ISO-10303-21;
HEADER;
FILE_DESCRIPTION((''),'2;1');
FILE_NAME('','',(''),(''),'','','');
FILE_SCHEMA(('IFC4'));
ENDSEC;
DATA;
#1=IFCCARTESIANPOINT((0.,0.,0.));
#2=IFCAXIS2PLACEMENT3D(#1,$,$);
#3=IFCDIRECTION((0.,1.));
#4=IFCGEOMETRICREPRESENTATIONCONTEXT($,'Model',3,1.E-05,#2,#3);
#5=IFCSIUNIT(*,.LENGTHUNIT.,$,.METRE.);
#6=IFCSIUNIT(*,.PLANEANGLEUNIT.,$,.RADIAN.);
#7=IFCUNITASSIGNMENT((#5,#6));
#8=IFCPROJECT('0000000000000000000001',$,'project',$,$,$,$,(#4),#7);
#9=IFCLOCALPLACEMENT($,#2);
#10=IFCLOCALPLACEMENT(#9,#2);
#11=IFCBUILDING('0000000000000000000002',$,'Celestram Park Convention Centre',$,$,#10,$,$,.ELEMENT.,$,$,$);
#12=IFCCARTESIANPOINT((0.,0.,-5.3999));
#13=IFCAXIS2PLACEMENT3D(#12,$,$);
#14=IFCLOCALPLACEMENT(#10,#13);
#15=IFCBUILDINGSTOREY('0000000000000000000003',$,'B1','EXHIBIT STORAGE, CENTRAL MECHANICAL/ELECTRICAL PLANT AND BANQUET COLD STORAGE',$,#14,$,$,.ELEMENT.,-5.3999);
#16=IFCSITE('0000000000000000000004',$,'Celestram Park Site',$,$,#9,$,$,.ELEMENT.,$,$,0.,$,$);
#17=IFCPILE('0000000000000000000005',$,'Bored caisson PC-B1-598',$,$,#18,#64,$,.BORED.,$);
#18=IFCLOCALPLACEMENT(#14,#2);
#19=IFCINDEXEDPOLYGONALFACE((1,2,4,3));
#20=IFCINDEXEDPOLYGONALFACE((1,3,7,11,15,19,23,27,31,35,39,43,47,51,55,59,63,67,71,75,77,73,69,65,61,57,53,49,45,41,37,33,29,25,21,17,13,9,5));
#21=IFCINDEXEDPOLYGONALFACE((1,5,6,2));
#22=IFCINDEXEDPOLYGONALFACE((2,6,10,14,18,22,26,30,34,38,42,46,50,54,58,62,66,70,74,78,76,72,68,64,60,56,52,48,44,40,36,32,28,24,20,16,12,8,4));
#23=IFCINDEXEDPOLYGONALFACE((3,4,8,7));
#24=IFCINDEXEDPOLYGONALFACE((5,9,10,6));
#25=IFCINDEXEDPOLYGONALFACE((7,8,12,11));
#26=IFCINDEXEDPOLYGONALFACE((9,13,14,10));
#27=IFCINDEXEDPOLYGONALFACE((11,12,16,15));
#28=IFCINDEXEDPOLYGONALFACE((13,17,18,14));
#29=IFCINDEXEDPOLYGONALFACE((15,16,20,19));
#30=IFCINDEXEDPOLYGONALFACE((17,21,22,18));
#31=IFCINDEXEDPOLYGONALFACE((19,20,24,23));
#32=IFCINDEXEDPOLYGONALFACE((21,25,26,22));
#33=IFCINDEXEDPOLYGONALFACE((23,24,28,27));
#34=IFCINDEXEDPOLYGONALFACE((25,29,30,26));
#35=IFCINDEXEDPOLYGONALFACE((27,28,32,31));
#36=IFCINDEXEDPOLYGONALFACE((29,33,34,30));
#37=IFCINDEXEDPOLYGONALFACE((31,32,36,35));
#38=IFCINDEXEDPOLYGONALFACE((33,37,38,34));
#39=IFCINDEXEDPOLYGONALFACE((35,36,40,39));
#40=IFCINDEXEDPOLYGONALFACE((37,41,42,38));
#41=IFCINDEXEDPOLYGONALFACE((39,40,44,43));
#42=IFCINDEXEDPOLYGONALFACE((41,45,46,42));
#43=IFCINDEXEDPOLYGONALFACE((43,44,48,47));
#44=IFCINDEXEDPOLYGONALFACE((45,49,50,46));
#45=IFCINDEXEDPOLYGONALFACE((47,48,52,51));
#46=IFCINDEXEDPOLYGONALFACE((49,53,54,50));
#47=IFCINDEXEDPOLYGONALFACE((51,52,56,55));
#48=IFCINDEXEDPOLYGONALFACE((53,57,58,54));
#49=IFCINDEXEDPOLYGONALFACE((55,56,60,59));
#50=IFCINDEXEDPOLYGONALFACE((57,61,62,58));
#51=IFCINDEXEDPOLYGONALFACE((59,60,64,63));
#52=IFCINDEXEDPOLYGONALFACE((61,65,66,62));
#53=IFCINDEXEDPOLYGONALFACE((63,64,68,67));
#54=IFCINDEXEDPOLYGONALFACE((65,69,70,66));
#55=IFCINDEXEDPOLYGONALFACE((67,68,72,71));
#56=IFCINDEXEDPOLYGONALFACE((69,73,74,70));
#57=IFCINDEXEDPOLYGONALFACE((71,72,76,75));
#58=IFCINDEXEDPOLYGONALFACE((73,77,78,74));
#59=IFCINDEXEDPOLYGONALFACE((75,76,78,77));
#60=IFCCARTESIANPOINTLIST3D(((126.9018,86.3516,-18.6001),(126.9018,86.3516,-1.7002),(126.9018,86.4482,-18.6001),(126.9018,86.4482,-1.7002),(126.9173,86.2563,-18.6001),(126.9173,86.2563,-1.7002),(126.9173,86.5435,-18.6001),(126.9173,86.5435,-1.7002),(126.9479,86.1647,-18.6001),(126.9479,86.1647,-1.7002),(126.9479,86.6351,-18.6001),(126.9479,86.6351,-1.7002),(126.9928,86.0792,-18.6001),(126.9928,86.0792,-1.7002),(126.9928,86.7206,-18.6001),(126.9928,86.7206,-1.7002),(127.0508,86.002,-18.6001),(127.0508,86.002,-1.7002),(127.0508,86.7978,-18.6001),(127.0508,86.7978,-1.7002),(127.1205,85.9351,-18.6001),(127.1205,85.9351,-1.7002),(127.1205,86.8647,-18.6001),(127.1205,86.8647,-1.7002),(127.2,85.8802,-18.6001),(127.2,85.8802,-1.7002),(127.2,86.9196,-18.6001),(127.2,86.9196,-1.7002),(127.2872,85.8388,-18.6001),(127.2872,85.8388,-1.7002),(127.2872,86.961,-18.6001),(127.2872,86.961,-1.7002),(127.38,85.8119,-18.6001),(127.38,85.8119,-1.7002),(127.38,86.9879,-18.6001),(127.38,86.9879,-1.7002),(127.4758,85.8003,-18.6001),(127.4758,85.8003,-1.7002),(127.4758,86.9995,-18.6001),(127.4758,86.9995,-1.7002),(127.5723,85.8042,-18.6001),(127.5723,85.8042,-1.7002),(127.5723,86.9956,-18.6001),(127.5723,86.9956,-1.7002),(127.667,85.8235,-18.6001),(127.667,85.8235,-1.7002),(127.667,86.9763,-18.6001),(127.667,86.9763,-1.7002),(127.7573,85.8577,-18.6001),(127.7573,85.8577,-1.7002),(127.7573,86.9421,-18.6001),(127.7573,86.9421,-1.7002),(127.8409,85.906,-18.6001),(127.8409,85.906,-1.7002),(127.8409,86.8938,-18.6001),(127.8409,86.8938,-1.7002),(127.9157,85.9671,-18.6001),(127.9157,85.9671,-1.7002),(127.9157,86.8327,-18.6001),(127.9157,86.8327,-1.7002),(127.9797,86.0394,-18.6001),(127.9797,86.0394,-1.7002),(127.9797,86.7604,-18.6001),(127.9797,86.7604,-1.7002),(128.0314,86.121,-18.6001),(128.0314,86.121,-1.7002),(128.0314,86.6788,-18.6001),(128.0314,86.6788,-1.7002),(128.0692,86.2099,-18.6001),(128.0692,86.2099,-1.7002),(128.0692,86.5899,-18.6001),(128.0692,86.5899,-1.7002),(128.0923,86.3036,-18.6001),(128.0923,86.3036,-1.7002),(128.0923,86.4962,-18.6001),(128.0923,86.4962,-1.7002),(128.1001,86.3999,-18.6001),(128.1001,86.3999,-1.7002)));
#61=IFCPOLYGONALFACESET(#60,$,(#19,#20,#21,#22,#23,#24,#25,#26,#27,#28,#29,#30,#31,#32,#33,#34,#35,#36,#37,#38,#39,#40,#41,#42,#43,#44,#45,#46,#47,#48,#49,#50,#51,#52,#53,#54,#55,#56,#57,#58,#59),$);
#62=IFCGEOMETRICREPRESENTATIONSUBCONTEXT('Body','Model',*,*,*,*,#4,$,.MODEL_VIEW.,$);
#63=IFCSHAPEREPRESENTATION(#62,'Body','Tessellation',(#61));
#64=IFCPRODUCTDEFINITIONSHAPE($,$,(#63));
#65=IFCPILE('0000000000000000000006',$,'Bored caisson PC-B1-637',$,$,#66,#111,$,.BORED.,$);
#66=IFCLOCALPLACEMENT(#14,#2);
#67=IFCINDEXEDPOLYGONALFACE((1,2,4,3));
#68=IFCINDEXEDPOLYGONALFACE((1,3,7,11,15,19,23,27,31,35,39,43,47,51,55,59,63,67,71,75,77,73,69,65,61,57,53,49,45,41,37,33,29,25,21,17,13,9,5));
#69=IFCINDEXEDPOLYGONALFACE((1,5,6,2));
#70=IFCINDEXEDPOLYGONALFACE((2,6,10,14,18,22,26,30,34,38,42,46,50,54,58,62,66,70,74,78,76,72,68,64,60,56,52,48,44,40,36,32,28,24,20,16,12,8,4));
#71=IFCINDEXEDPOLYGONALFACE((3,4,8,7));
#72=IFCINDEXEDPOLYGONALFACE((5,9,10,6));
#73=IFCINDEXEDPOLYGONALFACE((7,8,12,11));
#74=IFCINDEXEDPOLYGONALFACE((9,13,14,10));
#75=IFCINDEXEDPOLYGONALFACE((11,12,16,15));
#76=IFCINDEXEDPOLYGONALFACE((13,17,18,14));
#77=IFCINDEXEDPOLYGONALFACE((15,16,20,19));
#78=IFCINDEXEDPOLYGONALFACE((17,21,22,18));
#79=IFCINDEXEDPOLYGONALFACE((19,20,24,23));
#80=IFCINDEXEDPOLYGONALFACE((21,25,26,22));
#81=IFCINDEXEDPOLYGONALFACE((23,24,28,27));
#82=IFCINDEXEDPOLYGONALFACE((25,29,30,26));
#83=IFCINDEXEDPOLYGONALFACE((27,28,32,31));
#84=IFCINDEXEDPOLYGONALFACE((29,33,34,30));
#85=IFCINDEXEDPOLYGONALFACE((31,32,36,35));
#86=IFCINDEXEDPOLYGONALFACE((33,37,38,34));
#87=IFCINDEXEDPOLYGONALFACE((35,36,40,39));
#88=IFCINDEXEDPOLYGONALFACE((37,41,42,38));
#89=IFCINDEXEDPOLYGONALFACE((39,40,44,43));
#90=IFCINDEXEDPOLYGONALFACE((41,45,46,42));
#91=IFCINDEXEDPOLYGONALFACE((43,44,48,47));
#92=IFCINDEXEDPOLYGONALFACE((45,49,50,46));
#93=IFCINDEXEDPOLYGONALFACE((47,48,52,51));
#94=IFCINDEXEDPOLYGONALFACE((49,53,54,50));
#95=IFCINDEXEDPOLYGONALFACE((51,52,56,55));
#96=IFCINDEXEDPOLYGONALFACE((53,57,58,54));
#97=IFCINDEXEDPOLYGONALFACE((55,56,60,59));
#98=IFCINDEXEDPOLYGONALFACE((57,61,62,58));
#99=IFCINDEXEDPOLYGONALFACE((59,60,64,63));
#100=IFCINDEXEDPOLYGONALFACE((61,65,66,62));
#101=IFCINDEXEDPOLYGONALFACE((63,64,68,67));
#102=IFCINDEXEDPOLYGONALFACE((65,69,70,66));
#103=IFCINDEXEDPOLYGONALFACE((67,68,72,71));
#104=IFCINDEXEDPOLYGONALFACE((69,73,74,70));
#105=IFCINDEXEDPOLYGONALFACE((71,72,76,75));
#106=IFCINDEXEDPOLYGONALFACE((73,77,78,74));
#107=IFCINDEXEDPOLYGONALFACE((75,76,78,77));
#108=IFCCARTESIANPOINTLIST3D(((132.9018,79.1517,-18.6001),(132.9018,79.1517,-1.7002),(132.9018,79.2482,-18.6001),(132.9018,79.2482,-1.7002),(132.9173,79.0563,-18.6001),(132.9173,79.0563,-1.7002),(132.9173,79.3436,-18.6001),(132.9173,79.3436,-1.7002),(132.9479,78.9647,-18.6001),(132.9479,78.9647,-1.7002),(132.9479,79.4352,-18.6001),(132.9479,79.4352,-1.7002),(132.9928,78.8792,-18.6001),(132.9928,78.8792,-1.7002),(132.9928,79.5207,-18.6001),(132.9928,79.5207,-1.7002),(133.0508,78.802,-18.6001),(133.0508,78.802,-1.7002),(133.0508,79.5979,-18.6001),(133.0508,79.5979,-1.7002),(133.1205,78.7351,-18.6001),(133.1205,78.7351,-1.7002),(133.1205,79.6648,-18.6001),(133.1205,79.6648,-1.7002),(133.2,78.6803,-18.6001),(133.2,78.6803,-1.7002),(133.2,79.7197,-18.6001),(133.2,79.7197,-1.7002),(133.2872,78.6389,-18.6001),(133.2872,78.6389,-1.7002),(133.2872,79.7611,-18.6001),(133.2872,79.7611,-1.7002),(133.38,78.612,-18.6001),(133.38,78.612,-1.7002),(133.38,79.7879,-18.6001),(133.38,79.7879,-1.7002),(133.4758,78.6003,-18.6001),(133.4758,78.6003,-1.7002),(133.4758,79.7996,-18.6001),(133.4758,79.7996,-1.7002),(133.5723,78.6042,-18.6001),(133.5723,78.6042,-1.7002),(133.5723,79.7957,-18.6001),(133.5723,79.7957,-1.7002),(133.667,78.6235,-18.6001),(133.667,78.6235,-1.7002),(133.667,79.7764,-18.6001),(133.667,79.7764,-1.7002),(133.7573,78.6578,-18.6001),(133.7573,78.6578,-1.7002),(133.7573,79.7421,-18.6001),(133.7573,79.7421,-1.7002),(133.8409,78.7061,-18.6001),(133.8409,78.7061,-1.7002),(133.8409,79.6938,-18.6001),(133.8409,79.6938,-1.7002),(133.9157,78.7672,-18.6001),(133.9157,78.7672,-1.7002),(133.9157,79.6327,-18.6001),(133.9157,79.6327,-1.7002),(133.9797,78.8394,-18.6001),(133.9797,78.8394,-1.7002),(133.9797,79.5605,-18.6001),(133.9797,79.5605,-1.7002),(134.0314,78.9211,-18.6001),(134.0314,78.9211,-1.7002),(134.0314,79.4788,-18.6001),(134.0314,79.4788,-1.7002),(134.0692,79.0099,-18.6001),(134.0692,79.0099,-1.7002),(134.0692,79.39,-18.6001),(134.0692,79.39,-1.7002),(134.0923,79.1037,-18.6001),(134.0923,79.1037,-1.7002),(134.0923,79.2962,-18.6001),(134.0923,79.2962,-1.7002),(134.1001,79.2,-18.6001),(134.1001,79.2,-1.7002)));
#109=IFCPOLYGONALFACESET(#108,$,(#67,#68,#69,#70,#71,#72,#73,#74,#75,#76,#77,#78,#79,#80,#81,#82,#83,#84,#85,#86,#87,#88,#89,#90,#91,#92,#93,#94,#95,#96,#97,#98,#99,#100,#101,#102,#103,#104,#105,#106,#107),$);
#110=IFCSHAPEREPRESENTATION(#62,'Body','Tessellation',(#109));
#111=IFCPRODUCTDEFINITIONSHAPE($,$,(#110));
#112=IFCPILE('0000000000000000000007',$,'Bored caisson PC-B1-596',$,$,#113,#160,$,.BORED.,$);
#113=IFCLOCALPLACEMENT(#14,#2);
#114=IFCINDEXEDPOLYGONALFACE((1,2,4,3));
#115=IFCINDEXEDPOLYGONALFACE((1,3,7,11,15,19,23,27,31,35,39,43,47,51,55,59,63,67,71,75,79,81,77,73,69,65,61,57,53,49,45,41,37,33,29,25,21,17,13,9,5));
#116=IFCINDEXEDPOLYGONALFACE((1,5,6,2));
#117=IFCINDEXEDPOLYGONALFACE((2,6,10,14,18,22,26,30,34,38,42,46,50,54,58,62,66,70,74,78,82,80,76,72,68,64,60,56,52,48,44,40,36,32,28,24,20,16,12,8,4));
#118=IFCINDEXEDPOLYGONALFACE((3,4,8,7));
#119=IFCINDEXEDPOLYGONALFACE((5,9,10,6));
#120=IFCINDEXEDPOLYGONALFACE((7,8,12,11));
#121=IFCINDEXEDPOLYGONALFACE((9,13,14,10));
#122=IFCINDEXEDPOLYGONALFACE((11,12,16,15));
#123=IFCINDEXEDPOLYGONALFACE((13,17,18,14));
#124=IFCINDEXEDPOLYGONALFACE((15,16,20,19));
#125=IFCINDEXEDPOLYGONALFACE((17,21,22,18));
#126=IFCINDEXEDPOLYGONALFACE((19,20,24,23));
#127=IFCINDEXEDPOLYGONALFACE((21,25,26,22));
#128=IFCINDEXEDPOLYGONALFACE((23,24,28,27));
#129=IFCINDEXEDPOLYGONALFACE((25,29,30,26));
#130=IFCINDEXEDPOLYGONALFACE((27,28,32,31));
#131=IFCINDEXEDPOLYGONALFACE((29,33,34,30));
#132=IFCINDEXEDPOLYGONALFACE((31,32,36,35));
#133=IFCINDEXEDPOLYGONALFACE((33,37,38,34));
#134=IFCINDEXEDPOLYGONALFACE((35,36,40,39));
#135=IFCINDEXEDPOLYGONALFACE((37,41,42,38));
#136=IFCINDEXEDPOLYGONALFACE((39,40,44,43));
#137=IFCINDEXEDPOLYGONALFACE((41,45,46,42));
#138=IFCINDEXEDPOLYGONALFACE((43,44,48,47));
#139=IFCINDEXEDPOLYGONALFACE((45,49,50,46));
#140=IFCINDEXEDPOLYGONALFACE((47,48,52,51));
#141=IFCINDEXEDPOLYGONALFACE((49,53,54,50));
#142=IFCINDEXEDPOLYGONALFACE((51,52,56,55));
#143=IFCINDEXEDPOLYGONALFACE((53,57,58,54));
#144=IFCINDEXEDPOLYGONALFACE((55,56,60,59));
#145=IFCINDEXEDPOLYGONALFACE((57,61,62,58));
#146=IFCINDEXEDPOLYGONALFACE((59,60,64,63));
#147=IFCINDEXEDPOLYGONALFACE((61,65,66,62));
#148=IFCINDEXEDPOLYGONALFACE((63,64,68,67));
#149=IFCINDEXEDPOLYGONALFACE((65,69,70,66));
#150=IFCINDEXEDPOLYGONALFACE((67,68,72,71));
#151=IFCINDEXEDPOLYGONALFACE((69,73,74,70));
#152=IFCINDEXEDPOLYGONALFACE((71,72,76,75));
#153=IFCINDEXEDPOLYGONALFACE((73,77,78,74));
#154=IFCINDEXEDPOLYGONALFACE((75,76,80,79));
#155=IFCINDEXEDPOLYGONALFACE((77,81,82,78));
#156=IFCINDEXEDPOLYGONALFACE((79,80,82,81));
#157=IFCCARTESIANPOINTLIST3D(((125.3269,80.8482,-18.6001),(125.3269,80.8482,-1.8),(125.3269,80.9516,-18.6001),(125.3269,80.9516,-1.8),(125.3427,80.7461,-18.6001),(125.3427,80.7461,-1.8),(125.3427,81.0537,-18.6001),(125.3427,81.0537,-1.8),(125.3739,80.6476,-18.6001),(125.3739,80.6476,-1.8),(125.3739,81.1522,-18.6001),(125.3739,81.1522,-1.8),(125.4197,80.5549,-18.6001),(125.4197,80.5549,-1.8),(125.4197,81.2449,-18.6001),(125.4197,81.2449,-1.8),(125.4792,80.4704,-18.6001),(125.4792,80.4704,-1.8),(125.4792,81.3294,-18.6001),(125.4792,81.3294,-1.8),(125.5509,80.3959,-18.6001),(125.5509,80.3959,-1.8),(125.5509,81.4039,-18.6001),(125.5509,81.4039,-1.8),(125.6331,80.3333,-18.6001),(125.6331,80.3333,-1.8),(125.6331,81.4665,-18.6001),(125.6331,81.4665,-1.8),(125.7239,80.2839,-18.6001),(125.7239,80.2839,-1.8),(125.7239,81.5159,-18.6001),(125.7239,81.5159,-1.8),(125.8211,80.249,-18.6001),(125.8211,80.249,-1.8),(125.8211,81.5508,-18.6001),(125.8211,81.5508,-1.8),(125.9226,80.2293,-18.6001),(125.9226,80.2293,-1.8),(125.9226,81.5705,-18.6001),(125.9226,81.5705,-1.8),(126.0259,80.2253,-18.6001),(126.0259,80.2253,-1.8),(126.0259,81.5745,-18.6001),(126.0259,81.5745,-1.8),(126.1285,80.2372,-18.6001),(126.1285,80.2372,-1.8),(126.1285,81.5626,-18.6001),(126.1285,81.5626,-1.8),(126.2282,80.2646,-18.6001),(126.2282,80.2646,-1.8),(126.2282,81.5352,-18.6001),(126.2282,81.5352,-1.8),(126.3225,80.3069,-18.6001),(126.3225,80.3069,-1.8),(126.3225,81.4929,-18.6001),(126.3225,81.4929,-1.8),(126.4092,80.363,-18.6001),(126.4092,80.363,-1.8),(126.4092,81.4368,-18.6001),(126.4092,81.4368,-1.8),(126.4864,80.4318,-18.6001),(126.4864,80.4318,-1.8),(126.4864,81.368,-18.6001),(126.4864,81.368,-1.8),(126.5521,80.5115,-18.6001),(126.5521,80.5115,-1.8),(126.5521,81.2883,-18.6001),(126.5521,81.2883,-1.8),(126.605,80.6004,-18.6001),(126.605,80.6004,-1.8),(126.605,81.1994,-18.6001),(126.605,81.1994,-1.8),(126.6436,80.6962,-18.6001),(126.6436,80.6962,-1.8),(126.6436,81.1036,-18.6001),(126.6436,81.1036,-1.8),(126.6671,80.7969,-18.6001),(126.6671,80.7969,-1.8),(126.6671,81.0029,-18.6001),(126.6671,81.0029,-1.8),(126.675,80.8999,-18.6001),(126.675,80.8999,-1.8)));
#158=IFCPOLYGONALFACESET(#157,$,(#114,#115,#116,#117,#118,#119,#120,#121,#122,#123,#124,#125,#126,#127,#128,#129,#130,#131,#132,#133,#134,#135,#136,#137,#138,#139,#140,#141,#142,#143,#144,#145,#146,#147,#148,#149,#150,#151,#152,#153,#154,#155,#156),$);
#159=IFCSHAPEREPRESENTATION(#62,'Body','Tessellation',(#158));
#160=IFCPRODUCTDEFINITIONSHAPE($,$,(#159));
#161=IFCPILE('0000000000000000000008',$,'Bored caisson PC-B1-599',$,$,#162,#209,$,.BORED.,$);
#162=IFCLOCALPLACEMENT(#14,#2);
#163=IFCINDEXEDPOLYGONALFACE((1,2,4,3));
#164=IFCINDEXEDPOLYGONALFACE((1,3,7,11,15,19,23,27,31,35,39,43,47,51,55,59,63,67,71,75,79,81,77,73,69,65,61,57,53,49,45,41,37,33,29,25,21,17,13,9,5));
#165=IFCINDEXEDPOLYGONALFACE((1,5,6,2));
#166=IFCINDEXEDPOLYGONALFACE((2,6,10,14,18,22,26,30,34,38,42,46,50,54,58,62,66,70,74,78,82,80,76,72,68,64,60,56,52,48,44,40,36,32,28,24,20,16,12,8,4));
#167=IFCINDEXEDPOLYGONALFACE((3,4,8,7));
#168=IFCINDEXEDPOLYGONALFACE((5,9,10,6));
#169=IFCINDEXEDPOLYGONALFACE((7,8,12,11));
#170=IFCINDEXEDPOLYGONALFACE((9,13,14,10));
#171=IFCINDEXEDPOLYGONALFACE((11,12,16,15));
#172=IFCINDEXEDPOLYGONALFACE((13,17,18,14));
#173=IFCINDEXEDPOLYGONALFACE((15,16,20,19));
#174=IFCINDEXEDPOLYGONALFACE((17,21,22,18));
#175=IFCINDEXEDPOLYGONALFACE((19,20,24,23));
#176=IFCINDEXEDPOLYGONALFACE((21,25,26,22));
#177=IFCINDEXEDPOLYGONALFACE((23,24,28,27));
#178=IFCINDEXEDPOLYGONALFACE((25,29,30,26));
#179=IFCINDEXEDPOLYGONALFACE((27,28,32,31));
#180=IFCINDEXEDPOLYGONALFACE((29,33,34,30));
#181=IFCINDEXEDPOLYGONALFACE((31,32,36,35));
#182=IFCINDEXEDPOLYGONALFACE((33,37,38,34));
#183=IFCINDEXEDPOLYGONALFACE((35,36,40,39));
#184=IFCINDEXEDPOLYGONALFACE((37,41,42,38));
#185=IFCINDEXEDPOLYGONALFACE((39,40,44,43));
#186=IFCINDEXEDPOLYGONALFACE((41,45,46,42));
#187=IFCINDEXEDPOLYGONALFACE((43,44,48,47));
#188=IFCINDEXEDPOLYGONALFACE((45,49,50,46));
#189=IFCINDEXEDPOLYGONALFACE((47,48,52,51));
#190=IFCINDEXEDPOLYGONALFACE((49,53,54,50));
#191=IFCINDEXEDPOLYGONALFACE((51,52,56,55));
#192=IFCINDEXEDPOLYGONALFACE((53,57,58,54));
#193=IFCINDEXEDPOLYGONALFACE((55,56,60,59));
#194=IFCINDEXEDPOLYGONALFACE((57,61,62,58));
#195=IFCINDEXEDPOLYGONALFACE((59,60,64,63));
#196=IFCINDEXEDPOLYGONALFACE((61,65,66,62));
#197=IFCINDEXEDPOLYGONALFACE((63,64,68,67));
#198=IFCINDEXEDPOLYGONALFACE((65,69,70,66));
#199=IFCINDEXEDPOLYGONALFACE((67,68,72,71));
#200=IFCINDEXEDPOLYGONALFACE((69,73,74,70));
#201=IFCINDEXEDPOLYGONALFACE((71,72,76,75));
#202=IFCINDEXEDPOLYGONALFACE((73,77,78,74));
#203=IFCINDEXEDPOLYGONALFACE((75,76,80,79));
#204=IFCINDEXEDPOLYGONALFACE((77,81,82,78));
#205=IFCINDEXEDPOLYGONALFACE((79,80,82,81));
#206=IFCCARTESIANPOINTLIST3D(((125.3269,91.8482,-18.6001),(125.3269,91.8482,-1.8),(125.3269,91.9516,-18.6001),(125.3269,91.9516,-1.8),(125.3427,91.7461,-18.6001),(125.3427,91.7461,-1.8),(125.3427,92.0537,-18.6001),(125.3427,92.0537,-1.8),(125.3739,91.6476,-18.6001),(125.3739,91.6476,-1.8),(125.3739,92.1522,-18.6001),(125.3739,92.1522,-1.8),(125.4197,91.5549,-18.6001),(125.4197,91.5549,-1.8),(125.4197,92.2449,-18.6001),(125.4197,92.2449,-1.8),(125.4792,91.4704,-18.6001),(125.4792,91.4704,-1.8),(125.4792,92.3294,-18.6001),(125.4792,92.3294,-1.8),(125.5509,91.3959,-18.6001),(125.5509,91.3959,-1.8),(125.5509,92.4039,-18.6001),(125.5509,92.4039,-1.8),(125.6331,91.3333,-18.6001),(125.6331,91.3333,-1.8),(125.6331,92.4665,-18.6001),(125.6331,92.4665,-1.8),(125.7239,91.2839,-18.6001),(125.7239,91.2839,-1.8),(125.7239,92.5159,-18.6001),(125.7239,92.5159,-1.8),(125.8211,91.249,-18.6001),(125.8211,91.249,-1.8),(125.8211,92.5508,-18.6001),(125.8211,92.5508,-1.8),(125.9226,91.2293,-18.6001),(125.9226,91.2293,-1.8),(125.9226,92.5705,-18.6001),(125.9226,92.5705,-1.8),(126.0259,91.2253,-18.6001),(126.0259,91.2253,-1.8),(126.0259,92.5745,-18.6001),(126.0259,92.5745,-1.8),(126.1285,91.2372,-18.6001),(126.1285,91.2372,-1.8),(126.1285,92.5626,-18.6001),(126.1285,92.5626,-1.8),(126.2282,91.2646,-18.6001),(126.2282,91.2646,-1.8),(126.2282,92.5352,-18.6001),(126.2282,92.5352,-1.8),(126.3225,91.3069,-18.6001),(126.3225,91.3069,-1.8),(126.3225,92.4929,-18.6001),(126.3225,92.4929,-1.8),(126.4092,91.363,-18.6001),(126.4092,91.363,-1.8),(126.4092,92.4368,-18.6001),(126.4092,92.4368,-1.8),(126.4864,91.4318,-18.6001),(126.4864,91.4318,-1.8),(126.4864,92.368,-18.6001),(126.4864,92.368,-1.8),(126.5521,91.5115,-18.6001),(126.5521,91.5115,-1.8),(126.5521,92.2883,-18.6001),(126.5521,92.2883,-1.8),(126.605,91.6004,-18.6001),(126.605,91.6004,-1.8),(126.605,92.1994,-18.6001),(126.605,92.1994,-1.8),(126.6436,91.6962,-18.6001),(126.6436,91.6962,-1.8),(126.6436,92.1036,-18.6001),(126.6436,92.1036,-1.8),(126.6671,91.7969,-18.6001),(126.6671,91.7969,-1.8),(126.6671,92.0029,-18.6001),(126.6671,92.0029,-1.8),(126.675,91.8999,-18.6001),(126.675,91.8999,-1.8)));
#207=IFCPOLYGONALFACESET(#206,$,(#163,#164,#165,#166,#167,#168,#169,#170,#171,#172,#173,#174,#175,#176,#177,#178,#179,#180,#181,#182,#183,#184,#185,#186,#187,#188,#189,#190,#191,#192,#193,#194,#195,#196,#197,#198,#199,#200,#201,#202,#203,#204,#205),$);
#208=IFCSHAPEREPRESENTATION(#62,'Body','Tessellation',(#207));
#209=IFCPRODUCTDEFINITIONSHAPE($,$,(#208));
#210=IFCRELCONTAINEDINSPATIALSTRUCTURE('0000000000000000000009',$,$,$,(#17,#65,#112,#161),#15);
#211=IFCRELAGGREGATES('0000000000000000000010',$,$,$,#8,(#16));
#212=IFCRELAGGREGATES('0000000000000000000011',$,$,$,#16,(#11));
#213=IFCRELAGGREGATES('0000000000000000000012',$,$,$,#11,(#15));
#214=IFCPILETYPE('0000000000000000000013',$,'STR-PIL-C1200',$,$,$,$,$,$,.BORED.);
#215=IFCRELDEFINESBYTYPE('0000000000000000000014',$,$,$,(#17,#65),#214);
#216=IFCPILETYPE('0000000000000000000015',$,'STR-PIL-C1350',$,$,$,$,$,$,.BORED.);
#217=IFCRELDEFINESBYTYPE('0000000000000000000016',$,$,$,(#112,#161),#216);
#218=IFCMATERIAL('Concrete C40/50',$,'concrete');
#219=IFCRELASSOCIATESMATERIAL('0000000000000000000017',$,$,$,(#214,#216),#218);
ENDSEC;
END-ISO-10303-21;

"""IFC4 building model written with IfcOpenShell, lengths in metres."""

from ifc_helpers import new_model, si_unit, direction, frame, origin, origin_2d, place, context, subcontext, project, spatial, circle, extrude, material, material_profile, profile_set, type_object, element, save


model = new_model("IFC4")

# Units and contexts
model_context = context("Model", 3, precision=1e-05, world=origin(), true_north=direction((0.0, 1.0)))
body_context = subcontext(model_context, "Body", "Model", "MODEL_VIEW")
ifc_project = project(units=[si_unit("LENGTHUNIT", "METRE"), si_unit("PLANEANGLEUNIT", "RADIAN")], contexts=[model_context])

# Site, building, storey
site_placement = place(None, origin())
site = spatial("IfcSite", under=ifc_project, at=site_placement, Name="Celestram Park Site", CompositionType="ELEMENT", RefElevation=0.0)
building_placement = place(site_placement, origin())
building = spatial("IfcBuilding", under=site, at=building_placement, Name="Celestram Park Convention Centre", CompositionType="ELEMENT")
storey_placement = place(building_placement, frame((0.0, 0.0, -5.3999)))
storey = spatial("IfcBuildingStorey", under=building, at=storey_placement, Name="B1", Description="EXHIBIT STORAGE, CENTRAL MECHANICAL/ELECTRICAL PLANT AND BANQUET COLD STORAGE", CompositionType="ELEMENT", Elevation=-5.3999)

# Shared definitions
ifc_material_1 = material(Name="Concrete C40/50", Category="concrete")

# Piles
ifc_material_profile_1 = material_profile(ifc_material_1, circle(Radius=0.6001, at=origin_2d()), Name="CAISSON1200")
ifc_profile_set_1 = profile_set([ifc_material_profile_1], Name="Concrete C40/50")
pile_type_1 = type_object("IfcPileType", Name="STR-PIL-C1200", PredefinedType="BORED", material=ifc_profile_set_1)
for number, where, z_axis, x_axis, name in (
    (1, (127.5, 86.3999, -1.7002), (0.0, 0.0, -1.0), (1.0, 0.0, 0.0), "Bored caisson PC-B1-598"),
    (2, (133.5, 79.2, -1.7002), (0.0, 0.0, -1.0), (1.0, 0.0, 0.0), "Bored caisson PC-B1-637"),
):
    element("IfcPile", number, at=place(storey_placement, frame(where, z_axis=z_axis, x_axis=x_axis)), inside=storey, type_object=pile_type_1, Name=name, PredefinedType="BORED", context=body_context, shape_type="SweptSolid", body=[
        extrude(circle(Radius=0.6001, at=origin_2d()), origin(), (0.0, 0.0, 1.0), 16.8999),
    ])
ifc_material_profile_2 = material_profile(ifc_material_1, circle(Radius=0.675, at=origin_2d()), Name="CAISSON1350")
ifc_profile_set_2 = profile_set([ifc_material_profile_2], Name="Concrete C40/50")
pile_type_2 = type_object("IfcPileType", Name="STR-PIL-C1350", PredefinedType="BORED", material=ifc_profile_set_2)
for number, where, z_axis, x_axis, name in (
    (3, (126.0, 80.8999, -1.8), (0.0, 0.0, -1.0), (1.0, 0.0, 0.0), "Bored caisson PC-B1-596"),
    (4, (126.0, 91.8999, -1.8), (0.0, 0.0, -1.0), (1.0, 0.0, 0.0), "Bored caisson PC-B1-599"),
):
    element("IfcPile", number, at=place(storey_placement, frame(where, z_axis=z_axis, x_axis=x_axis)), inside=storey, type_object=pile_type_2, Name=name, PredefinedType="BORED", context=body_context, shape_type="SweptSolid", body=[
        extrude(circle(Radius=0.675, at=origin_2d()), origin(), (0.0, 0.0, 1.0), 16.8),
    ])

save(model, "model.ifc")
